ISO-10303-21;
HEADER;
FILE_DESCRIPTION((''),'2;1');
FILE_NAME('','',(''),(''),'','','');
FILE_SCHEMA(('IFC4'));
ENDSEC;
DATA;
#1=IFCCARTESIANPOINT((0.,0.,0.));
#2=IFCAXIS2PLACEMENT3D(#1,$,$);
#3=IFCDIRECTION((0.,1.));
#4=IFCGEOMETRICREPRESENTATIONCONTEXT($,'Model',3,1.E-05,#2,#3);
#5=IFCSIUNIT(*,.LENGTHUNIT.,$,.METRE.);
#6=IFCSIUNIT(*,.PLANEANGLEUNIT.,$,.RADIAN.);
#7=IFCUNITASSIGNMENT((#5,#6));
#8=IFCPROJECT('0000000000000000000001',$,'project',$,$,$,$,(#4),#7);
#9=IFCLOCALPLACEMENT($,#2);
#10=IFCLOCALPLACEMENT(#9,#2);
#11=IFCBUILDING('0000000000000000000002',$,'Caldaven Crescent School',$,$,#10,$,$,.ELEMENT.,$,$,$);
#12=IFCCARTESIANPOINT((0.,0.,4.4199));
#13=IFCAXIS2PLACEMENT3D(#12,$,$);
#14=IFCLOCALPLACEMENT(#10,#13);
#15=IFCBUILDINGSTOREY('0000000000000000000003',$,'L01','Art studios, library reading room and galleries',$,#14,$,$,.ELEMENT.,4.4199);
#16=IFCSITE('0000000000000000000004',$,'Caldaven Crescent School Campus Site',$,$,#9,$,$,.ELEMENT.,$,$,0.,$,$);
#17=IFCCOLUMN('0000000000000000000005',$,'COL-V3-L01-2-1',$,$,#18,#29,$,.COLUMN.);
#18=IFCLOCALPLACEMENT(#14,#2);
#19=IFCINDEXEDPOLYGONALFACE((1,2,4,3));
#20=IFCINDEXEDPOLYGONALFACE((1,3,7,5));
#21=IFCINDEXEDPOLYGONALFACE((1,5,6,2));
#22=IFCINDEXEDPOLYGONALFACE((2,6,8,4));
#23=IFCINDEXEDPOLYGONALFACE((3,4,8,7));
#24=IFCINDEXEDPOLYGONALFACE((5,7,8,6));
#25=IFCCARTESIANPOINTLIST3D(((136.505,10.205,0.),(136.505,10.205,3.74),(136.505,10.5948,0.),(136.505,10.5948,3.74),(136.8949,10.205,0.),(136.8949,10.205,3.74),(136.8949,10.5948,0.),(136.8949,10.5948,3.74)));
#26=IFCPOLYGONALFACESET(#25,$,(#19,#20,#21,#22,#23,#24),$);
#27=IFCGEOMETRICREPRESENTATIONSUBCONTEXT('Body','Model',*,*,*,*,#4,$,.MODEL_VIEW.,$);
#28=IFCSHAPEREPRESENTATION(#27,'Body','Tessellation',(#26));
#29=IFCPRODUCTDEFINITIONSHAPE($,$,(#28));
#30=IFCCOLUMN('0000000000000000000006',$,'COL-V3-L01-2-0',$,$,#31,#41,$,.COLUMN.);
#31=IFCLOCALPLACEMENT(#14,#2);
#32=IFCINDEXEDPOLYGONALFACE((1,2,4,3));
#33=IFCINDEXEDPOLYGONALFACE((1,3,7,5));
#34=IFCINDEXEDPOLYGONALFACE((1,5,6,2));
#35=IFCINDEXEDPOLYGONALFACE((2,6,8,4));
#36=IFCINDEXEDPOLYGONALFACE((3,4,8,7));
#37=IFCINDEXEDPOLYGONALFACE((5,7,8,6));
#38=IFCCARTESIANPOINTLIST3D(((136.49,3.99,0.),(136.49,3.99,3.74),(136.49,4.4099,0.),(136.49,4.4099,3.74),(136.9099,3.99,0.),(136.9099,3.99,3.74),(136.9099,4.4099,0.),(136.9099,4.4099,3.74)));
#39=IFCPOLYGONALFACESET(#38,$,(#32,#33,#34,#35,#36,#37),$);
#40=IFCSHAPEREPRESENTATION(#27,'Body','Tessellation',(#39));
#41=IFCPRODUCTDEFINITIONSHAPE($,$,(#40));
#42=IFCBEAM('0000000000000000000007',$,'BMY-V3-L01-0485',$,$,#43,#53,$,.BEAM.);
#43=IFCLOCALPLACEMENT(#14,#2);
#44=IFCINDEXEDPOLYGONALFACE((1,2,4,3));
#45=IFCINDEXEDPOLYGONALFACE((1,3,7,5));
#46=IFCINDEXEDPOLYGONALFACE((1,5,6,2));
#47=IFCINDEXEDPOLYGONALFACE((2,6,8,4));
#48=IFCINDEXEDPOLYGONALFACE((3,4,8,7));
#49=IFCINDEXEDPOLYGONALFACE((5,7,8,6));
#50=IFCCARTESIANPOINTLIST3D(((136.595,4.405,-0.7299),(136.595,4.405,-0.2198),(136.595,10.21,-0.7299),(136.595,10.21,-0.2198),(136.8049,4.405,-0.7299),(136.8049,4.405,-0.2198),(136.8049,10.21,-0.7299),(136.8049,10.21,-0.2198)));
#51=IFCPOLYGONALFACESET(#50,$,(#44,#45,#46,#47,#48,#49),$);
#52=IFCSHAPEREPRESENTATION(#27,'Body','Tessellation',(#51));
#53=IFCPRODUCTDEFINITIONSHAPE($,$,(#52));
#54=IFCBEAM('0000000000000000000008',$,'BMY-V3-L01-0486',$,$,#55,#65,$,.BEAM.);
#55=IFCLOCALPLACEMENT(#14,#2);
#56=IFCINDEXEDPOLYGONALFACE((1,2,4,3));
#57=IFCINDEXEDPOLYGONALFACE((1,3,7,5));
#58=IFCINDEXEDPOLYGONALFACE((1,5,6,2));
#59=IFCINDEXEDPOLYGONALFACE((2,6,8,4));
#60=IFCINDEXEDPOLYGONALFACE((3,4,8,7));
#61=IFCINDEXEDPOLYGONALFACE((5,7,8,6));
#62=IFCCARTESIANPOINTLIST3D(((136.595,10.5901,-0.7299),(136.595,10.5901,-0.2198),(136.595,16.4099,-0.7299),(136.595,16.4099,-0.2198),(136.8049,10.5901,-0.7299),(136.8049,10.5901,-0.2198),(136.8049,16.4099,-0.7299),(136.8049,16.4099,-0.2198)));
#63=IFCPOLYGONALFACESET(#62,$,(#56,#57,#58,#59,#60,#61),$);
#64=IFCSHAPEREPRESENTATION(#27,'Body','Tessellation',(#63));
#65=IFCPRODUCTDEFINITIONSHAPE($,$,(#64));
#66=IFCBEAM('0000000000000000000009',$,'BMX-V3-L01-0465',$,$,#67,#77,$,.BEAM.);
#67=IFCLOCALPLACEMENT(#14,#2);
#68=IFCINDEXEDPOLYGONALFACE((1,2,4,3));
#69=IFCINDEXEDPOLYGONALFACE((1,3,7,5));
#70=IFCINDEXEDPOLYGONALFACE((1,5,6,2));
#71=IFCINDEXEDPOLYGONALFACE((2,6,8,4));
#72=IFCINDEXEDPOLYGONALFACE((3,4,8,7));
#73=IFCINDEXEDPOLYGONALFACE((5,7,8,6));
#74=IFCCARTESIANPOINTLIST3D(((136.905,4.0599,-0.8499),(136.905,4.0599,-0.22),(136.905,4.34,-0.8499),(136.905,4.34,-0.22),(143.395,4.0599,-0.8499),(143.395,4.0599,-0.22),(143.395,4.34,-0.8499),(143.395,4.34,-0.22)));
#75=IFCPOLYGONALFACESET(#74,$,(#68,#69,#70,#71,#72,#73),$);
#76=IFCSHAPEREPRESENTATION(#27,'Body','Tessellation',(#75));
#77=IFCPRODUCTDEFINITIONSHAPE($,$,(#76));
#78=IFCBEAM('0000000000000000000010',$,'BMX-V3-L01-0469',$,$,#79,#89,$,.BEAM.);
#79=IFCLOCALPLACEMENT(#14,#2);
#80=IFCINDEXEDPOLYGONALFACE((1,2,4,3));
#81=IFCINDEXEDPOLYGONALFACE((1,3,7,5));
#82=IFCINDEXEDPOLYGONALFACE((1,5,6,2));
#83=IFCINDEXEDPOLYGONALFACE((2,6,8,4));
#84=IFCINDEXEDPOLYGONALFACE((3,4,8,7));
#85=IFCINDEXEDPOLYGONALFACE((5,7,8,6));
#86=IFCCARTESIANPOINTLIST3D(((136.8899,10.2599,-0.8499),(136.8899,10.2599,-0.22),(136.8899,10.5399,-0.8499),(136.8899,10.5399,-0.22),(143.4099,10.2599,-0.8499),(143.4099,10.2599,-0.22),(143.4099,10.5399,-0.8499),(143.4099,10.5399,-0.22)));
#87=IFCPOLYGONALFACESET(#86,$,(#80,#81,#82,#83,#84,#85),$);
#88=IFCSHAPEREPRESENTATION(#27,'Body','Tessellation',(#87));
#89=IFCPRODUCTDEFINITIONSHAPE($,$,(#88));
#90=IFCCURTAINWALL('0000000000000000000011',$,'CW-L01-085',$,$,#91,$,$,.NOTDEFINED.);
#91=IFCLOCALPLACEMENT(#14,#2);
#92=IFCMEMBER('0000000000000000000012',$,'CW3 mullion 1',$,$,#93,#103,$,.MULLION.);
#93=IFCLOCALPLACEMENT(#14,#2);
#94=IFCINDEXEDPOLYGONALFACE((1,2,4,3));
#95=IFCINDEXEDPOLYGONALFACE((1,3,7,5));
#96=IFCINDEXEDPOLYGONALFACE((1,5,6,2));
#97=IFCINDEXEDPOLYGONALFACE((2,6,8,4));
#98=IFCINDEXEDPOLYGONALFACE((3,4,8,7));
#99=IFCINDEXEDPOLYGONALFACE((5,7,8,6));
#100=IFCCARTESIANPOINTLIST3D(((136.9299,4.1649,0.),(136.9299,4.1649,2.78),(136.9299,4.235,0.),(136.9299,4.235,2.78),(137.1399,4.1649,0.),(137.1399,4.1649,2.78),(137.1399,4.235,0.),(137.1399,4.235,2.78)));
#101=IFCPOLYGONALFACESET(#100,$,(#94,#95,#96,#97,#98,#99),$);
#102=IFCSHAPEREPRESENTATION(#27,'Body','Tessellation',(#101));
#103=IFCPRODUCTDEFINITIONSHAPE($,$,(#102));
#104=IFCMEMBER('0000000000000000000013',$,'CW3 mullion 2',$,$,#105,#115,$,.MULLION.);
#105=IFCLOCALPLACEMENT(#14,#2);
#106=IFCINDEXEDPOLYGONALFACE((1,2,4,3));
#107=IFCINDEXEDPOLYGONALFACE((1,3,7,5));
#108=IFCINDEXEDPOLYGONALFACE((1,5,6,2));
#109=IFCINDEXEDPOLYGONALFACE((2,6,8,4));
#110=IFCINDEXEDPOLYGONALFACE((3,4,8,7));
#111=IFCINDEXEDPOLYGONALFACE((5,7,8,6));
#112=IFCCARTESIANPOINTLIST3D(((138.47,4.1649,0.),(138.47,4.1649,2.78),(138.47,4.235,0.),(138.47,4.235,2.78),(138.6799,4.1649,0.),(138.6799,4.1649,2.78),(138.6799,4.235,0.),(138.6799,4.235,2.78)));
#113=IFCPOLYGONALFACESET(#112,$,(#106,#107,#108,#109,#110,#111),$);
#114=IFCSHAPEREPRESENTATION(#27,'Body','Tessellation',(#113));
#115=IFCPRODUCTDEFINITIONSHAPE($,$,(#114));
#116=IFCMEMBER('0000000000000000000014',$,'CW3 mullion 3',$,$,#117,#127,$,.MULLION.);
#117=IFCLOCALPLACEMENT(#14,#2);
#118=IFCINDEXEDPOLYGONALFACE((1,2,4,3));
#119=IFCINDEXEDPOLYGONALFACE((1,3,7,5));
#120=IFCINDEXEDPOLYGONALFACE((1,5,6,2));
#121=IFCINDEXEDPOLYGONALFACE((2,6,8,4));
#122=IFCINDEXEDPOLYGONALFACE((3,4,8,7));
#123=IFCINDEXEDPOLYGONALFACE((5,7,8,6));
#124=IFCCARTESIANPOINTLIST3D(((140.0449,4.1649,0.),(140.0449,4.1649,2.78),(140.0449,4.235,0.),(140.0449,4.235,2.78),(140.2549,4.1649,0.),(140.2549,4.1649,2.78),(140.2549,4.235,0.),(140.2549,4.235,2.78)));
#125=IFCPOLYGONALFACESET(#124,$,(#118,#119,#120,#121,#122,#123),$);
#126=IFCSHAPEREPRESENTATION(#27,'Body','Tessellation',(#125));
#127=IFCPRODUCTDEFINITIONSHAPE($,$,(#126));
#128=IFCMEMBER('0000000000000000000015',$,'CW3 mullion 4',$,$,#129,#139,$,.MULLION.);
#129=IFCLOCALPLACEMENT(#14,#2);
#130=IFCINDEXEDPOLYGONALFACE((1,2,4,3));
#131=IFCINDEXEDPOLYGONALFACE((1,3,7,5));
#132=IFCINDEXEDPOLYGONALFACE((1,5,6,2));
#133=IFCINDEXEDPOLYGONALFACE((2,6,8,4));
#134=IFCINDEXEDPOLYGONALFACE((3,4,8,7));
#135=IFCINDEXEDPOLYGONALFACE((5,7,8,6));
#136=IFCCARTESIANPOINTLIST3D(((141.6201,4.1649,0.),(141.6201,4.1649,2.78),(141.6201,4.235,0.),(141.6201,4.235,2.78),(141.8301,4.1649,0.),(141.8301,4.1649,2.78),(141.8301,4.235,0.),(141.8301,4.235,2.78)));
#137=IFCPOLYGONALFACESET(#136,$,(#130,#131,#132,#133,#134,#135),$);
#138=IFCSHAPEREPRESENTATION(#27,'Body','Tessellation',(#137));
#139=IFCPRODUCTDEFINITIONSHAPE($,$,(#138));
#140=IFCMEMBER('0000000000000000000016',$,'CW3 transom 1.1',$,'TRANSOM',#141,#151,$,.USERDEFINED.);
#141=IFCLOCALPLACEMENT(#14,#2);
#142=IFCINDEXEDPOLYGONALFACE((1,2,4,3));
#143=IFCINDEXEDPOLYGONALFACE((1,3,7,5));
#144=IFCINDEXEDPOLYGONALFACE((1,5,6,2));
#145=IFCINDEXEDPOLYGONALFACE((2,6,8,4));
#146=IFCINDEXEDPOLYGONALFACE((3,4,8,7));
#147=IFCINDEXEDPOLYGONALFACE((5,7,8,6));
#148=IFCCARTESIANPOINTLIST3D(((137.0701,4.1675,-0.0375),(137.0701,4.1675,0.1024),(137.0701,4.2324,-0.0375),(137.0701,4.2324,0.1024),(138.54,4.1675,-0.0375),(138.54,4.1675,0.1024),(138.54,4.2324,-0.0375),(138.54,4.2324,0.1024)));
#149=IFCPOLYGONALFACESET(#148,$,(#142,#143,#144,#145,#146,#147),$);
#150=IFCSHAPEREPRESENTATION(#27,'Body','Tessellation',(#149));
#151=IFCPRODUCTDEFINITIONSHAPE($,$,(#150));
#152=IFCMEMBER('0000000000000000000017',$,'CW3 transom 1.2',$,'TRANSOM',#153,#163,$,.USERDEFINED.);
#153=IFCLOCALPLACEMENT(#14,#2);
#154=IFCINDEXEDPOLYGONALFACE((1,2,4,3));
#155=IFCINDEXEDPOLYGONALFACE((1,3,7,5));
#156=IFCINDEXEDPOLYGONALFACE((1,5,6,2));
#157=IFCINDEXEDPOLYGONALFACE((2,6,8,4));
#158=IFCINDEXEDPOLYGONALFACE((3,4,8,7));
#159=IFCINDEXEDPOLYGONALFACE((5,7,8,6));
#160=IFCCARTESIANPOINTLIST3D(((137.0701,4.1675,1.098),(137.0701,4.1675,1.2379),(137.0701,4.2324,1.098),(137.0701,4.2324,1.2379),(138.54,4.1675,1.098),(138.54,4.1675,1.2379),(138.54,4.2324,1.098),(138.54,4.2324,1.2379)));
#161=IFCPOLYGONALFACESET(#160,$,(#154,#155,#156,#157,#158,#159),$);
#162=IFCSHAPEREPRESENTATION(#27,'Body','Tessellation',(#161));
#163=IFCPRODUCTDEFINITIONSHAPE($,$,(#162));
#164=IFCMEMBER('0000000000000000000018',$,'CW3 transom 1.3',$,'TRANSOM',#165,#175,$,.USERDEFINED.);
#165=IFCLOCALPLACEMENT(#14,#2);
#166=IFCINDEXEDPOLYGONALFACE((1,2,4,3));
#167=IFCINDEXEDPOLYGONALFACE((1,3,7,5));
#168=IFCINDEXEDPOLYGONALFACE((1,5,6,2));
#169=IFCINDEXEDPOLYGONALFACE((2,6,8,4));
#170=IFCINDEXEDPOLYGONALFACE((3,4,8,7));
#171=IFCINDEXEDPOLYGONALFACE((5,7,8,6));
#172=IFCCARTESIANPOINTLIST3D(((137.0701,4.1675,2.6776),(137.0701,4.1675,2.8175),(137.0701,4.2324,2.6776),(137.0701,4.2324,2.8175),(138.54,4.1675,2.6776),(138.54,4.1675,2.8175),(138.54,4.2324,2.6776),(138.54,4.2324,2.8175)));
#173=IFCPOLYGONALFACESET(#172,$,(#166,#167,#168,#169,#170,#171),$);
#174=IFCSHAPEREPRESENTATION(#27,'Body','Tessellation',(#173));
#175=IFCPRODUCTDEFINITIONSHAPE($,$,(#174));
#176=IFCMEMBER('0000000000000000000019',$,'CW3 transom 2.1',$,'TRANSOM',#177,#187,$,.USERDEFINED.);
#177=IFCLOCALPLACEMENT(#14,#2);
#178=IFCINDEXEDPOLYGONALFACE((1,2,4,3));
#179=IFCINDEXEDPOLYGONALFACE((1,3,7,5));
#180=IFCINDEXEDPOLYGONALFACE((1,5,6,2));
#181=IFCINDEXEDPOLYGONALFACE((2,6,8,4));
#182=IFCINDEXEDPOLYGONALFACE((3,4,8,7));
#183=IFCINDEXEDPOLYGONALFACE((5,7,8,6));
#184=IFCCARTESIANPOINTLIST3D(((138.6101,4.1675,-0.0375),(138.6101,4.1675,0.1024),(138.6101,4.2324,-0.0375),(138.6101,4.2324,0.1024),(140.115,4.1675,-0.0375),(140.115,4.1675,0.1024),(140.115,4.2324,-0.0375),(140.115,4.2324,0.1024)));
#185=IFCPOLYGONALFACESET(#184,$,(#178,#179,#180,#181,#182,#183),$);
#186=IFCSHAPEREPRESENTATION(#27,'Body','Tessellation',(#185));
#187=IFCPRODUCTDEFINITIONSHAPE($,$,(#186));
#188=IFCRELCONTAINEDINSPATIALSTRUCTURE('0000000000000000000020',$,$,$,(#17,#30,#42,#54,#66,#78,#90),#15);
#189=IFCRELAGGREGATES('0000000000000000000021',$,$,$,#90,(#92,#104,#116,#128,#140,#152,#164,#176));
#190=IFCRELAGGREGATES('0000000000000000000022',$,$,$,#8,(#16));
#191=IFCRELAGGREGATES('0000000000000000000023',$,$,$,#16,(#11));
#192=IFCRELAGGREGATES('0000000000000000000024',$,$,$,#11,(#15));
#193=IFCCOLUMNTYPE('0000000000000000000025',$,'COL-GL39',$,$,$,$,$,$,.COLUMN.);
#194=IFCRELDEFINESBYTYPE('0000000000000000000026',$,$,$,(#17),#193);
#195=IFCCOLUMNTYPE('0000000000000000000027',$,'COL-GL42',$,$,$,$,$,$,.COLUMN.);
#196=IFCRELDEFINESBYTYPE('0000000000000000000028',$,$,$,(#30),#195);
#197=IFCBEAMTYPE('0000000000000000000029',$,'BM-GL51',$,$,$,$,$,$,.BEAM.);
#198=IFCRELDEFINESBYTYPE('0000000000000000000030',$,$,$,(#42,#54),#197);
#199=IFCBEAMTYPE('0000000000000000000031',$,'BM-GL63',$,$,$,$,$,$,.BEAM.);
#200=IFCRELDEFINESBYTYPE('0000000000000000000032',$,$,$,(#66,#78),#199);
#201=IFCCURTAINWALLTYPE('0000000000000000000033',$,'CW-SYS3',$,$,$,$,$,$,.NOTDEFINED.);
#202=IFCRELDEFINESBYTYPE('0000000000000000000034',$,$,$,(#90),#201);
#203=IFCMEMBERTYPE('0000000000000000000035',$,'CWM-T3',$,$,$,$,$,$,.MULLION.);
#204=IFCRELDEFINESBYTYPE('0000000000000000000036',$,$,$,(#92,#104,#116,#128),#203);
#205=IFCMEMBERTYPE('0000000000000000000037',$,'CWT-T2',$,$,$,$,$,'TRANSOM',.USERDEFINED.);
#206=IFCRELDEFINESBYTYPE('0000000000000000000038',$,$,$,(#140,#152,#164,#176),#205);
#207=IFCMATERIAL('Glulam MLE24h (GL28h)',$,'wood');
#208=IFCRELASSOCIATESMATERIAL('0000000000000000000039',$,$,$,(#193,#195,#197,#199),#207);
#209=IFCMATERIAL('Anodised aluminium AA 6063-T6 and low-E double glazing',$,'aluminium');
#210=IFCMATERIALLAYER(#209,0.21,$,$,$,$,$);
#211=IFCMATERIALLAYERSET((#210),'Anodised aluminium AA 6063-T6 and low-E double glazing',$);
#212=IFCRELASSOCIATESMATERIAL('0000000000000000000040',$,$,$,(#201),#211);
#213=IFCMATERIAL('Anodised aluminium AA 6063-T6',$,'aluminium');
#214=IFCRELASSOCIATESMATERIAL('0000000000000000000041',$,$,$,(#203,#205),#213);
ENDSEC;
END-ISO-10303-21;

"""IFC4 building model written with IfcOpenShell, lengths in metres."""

from ifc_helpers import new_model, si_unit, direction, frame, origin, origin_2d, place, context, subcontext, project, spatial, rectangle, extrude, material, layer, layer_set, material_profile, profile_set, type_object, element, aggregate, save


model = new_model("IFC4")

# Units and contexts
model_context = context("Model", 3, precision=1e-05, world=origin(), true_north=direction((0.0, 1.0)))
body_context = subcontext(model_context, "Body", "Model", "MODEL_VIEW")
ifc_project = project(units=[si_unit("LENGTHUNIT", "METRE"), si_unit("PLANEANGLEUNIT", "RADIAN")], contexts=[model_context])

# Site, building, storey
site_placement = place(None, origin())
site = spatial("IfcSite", under=ifc_project, at=site_placement, Name="Caldaven Crescent School Campus Site", CompositionType="ELEMENT", RefElevation=0.0)
building_placement = place(site_placement, origin())
building = spatial("IfcBuilding", under=site, at=building_placement, Name="Caldaven Crescent School", CompositionType="ELEMENT")
storey_placement = place(building_placement, frame((0.0, 0.0, 4.4199)))
storey = spatial("IfcBuildingStorey", under=building, at=storey_placement, Name="L01", Description="Art studios, library reading room and galleries", CompositionType="ELEMENT", Elevation=4.4199)

# Columns
ifc_material_1 = material(Name="Glulam MLE24h (GL28h)", Category="wood")
ifc_material_profile_1 = material_profile(ifc_material_1, rectangle(XDim=0.3899, YDim=0.3899, at=origin_2d()), Name="MLE 390x390")
ifc_profile_set_1 = profile_set([ifc_material_profile_1], Name="Glulam MLE24h (GL28h)")
column_type_1 = type_object("IfcColumnType", Name="COL-GL39", PredefinedType="COLUMN", material=ifc_profile_set_1)
column_1_placement = place(storey_placement, frame((136.7, 10.3999, 0.0), z_axis=(0.0, 0.0, 1.0), x_axis=(1.0, 0.0, 0.0)))
element("IfcColumn", 1, at=column_1_placement, inside=storey, type_object=column_type_1, Name="COL-V3-L01-2-1", PredefinedType="COLUMN", context=body_context, shape_type="SweptSolid", body=[
    extrude(rectangle(XDim=0.3899, YDim=0.3899, at=origin_2d()), origin(), (0.0, 0.0, 1.0), 3.74),
])
ifc_material_profile_2 = material_profile(ifc_material_1, rectangle(XDim=0.4199, YDim=0.4199, at=origin_2d()), Name="MLE 420x420")
ifc_profile_set_2 = profile_set([ifc_material_profile_2], Name="Glulam MLE24h (GL28h)")
column_type_2 = type_object("IfcColumnType", Name="COL-GL42", PredefinedType="COLUMN", material=ifc_profile_set_2)
column_2_placement = place(storey_placement, frame((136.7, 4.2, 0.0), z_axis=(0.0, 0.0, 1.0), x_axis=(1.0, 0.0, 0.0)))
element("IfcColumn", 2, at=column_2_placement, inside=storey, type_object=column_type_2, Name="COL-V3-L01-2-0", PredefinedType="COLUMN", context=body_context, shape_type="SweptSolid", body=[
    extrude(rectangle(XDim=0.4199, YDim=0.4199, at=origin_2d()), origin(), (0.0, 0.0, 1.0), 3.74),
])

# Beams
ifc_material_profile_3 = material_profile(ifc_material_1, rectangle(XDim=0.21, YDim=0.51, at=origin_2d()), Name="MLE 210x510")
ifc_profile_set_3 = profile_set([ifc_material_profile_3], Name="Glulam MLE24h (GL28h)")
beam_type_1 = type_object("IfcBeamType", Name="BM-GL51", PredefinedType="BEAM", material=ifc_profile_set_3)
beam_1_placement = place(storey_placement, frame((136.7, 4.405, -0.4749), z_axis=(0.0, 1.0, 0.0), x_axis=(-1.0, 0.0, 0.0)))
element("IfcBeam", 3, at=beam_1_placement, inside=storey, type_object=beam_type_1, Name="BMY-V3-L01-0485", PredefinedType="BEAM", context=body_context, shape_type="SweptSolid", body=[
    extrude(rectangle(XDim=0.21, YDim=0.51, at=origin_2d()), origin(), (0.0, 0.0, 1.0), 5.8049),
])
beam_2_placement = place(storey_placement, frame((136.7, 10.5901, -0.4749), z_axis=(0.0, 1.0, 0.0), x_axis=(-1.0, 0.0, 0.0)))
element("IfcBeam", 4, at=beam_2_placement, inside=storey, type_object=beam_type_1, Name="BMY-V3-L01-0486", PredefinedType="BEAM", context=body_context, shape_type="SweptSolid", body=[
    extrude(rectangle(XDim=0.21, YDim=0.51, at=origin_2d()), origin(), (0.0, 0.0, 1.0), 5.8198),
])
ifc_material_profile_4 = material_profile(ifc_material_1, rectangle(XDim=0.28, YDim=0.6299, at=origin_2d()), Name="MLE 280x630")
ifc_profile_set_4 = profile_set([ifc_material_profile_4], Name="Glulam MLE24h (GL28h)")
beam_type_2 = type_object("IfcBeamType", Name="BM-GL63", PredefinedType="BEAM", material=ifc_profile_set_4)
beam_3_placement = place(storey_placement, frame((136.905, 4.2, -0.5349), z_axis=(1.0, 0.0, 0.0), x_axis=(0.0, 1.0, 0.0)))
element("IfcBeam", 5, at=beam_3_placement, inside=storey, type_object=beam_type_2, Name="BMX-V3-L01-0465", PredefinedType="BEAM", context=body_context, shape_type="SweptSolid", body=[
    extrude(rectangle(XDim=0.28, YDim=0.6299, at=origin_2d()), origin(), (0.0, 0.0, 1.0), 6.49),
])
beam_4_placement = place(storey_placement, frame((136.8899, 10.3999, -0.5349), z_axis=(1.0, 0.0, 0.0), x_axis=(0.0, 1.0, 0.0)))
element("IfcBeam", 6, at=beam_4_placement, inside=storey, type_object=beam_type_2, Name="BMX-V3-L01-0469", PredefinedType="BEAM", context=body_context, shape_type="SweptSolid", body=[
    extrude(rectangle(XDim=0.28, YDim=0.6299, at=origin_2d()), origin(), (0.0, 0.0, 1.0), 6.52),
])

# Curtain wall, members
ifc_material_2 = material(Name="Anodised aluminium AA 6063-T6 and low-E double glazing", Category="aluminium")
ifc_layer_1 = layer(ifc_material_2, 0.21)
ifc_layer_set_1 = layer_set([ifc_layer_1], Name="Anodised aluminium AA 6063-T6 and low-E double glazing")
curtain_wall_type = type_object("IfcCurtainWallType", Name="CW-SYS3", PredefinedType="NOTDEFINED", material=ifc_layer_set_1)
curtain_wall_placement = place(storey_placement, origin())
curtain_wall = element("IfcCurtainWall", 7, at=curtain_wall_placement, inside=storey, type_object=curtain_wall_type, Name="CW-L01-085", PredefinedType="NOTDEFINED")
ifc_material_3 = material(Name="Anodised aluminium AA 6063-T6", Category="aluminium")
ifc_material_profile_5 = material_profile(ifc_material_3, rectangle(XDim=0.0701, YDim=0.21, at=origin_2d()), Name="CWM 70x210")
ifc_profile_set_5 = profile_set([ifc_material_profile_5], Name="Anodised aluminium AA 6063-T6")
member_type_1 = type_object("IfcMemberType", Name="CWM-T3", PredefinedType="MULLION", material=ifc_profile_set_5)
member_1_placement = place(storey_placement, frame((137.0349, 4.2, 0.0), z_axis=(0.0, 0.0, 1.0), x_axis=(0.0, 1.0, 0.0)))
member_1 = element("IfcMember", 8, at=member_1_placement, type_object=member_type_1, Name="CW3 mullion 1", PredefinedType="MULLION", context=body_context, shape_type="SweptSolid", body=[
    extrude(rectangle(XDim=0.0701, YDim=0.21, at=origin_2d()), origin(), (0.0, 0.0, 1.0), 2.78),
])
member_2_placement = place(storey_placement, frame((138.575, 4.2, 0.0), z_axis=(0.0, 0.0, 1.0), x_axis=(0.0, 1.0, 0.0)))
member_2 = element("IfcMember", 9, at=member_2_placement, type_object=member_type_1, Name="CW3 mullion 2", PredefinedType="MULLION", context=body_context, shape_type="SweptSolid", body=[
    extrude(rectangle(XDim=0.0701, YDim=0.21, at=origin_2d()), origin(), (0.0, 0.0, 1.0), 2.78),
])
member_3_placement = place(storey_placement, frame((140.1499, 4.2, 0.0), z_axis=(0.0, 0.0, 1.0), x_axis=(0.0, 1.0, 0.0)))
member_3 = element("IfcMember", 10, at=member_3_placement, type_object=member_type_1, Name="CW3 mullion 3", PredefinedType="MULLION", context=body_context, shape_type="SweptSolid", body=[
    extrude(rectangle(XDim=0.0701, YDim=0.21, at=origin_2d()), origin(), (0.0, 0.0, 1.0), 2.78),
])
member_4_placement = place(storey_placement, frame((141.7251, 4.2, 0.0), z_axis=(0.0, 0.0, 1.0), x_axis=(0.0, 1.0, 0.0)))
member_4 = element("IfcMember", 11, at=member_4_placement, type_object=member_type_1, Name="CW3 mullion 4", PredefinedType="MULLION", context=body_context, shape_type="SweptSolid", body=[
    extrude(rectangle(XDim=0.0701, YDim=0.21, at=origin_2d()), origin(), (0.0, 0.0, 1.0), 2.78),
])
ifc_material_profile_6 = material_profile(ifc_material_3, rectangle(XDim=0.0649, YDim=0.1399, at=origin_2d()), Name="CWT 65x140")
ifc_profile_set_6 = profile_set([ifc_material_profile_6], Name="Anodised aluminium AA 6063-T6")
member_type_2 = type_object("IfcMemberType", Name="CWT-T2", ElementType="TRANSOM", PredefinedType="USERDEFINED", material=ifc_profile_set_6)
member_5_placement = place(storey_placement, frame((137.0701, 4.2, 0.0325), z_axis=(1.0, 0.0, 0.0), x_axis=(0.0, 1.0, 0.0)))
member_5 = element("IfcMember", 12, at=member_5_placement, type_object=member_type_2, Name="CW3 transom 1.1", ObjectType="TRANSOM", PredefinedType="USERDEFINED", context=body_context, shape_type="SweptSolid", body=[
    extrude(rectangle(XDim=0.0649, YDim=0.1399, at=origin_2d()), origin(), (0.0, 0.0, 1.0), 1.47),
])
member_6_placement = place(storey_placement, frame((137.0701, 4.2, 1.168), z_axis=(1.0, 0.0, 0.0), x_axis=(0.0, 1.0, 0.0)))
member_6 = element("IfcMember", 13, at=member_6_placement, type_object=member_type_2, Name="CW3 transom 1.2", ObjectType="TRANSOM", PredefinedType="USERDEFINED", context=body_context, shape_type="SweptSolid", body=[
    extrude(rectangle(XDim=0.0649, YDim=0.1399, at=origin_2d()), origin(), (0.0, 0.0, 1.0), 1.47),
])
member_7_placement = place(storey_placement, frame((137.0701, 4.2, 2.7476), z_axis=(1.0, 0.0, 0.0), x_axis=(0.0, 1.0, 0.0)))
member_7 = element("IfcMember", 14, at=member_7_placement, type_object=member_type_2, Name="CW3 transom 1.3", ObjectType="TRANSOM", PredefinedType="USERDEFINED", context=body_context, shape_type="SweptSolid", body=[
    extrude(rectangle(XDim=0.0649, YDim=0.1399, at=origin_2d()), origin(), (0.0, 0.0, 1.0), 1.47),
])
member_8_placement = place(storey_placement, frame((138.6101, 4.2, 0.0325), z_axis=(1.0, 0.0, 0.0), x_axis=(0.0, 1.0, 0.0)))
member_8 = element("IfcMember", 15, at=member_8_placement, type_object=member_type_2, Name="CW3 transom 2.1", ObjectType="TRANSOM", PredefinedType="USERDEFINED", context=body_context, shape_type="SweptSolid", body=[
    extrude(rectangle(XDim=0.0649, YDim=0.1399, at=origin_2d()), origin(), (0.0, 0.0, 1.0), 1.5049),
])

aggregate(curtain_wall, [member_1, member_2, member_3, member_4, member_5, member_6, member_7, member_8])

save(model, "model.ifc")
